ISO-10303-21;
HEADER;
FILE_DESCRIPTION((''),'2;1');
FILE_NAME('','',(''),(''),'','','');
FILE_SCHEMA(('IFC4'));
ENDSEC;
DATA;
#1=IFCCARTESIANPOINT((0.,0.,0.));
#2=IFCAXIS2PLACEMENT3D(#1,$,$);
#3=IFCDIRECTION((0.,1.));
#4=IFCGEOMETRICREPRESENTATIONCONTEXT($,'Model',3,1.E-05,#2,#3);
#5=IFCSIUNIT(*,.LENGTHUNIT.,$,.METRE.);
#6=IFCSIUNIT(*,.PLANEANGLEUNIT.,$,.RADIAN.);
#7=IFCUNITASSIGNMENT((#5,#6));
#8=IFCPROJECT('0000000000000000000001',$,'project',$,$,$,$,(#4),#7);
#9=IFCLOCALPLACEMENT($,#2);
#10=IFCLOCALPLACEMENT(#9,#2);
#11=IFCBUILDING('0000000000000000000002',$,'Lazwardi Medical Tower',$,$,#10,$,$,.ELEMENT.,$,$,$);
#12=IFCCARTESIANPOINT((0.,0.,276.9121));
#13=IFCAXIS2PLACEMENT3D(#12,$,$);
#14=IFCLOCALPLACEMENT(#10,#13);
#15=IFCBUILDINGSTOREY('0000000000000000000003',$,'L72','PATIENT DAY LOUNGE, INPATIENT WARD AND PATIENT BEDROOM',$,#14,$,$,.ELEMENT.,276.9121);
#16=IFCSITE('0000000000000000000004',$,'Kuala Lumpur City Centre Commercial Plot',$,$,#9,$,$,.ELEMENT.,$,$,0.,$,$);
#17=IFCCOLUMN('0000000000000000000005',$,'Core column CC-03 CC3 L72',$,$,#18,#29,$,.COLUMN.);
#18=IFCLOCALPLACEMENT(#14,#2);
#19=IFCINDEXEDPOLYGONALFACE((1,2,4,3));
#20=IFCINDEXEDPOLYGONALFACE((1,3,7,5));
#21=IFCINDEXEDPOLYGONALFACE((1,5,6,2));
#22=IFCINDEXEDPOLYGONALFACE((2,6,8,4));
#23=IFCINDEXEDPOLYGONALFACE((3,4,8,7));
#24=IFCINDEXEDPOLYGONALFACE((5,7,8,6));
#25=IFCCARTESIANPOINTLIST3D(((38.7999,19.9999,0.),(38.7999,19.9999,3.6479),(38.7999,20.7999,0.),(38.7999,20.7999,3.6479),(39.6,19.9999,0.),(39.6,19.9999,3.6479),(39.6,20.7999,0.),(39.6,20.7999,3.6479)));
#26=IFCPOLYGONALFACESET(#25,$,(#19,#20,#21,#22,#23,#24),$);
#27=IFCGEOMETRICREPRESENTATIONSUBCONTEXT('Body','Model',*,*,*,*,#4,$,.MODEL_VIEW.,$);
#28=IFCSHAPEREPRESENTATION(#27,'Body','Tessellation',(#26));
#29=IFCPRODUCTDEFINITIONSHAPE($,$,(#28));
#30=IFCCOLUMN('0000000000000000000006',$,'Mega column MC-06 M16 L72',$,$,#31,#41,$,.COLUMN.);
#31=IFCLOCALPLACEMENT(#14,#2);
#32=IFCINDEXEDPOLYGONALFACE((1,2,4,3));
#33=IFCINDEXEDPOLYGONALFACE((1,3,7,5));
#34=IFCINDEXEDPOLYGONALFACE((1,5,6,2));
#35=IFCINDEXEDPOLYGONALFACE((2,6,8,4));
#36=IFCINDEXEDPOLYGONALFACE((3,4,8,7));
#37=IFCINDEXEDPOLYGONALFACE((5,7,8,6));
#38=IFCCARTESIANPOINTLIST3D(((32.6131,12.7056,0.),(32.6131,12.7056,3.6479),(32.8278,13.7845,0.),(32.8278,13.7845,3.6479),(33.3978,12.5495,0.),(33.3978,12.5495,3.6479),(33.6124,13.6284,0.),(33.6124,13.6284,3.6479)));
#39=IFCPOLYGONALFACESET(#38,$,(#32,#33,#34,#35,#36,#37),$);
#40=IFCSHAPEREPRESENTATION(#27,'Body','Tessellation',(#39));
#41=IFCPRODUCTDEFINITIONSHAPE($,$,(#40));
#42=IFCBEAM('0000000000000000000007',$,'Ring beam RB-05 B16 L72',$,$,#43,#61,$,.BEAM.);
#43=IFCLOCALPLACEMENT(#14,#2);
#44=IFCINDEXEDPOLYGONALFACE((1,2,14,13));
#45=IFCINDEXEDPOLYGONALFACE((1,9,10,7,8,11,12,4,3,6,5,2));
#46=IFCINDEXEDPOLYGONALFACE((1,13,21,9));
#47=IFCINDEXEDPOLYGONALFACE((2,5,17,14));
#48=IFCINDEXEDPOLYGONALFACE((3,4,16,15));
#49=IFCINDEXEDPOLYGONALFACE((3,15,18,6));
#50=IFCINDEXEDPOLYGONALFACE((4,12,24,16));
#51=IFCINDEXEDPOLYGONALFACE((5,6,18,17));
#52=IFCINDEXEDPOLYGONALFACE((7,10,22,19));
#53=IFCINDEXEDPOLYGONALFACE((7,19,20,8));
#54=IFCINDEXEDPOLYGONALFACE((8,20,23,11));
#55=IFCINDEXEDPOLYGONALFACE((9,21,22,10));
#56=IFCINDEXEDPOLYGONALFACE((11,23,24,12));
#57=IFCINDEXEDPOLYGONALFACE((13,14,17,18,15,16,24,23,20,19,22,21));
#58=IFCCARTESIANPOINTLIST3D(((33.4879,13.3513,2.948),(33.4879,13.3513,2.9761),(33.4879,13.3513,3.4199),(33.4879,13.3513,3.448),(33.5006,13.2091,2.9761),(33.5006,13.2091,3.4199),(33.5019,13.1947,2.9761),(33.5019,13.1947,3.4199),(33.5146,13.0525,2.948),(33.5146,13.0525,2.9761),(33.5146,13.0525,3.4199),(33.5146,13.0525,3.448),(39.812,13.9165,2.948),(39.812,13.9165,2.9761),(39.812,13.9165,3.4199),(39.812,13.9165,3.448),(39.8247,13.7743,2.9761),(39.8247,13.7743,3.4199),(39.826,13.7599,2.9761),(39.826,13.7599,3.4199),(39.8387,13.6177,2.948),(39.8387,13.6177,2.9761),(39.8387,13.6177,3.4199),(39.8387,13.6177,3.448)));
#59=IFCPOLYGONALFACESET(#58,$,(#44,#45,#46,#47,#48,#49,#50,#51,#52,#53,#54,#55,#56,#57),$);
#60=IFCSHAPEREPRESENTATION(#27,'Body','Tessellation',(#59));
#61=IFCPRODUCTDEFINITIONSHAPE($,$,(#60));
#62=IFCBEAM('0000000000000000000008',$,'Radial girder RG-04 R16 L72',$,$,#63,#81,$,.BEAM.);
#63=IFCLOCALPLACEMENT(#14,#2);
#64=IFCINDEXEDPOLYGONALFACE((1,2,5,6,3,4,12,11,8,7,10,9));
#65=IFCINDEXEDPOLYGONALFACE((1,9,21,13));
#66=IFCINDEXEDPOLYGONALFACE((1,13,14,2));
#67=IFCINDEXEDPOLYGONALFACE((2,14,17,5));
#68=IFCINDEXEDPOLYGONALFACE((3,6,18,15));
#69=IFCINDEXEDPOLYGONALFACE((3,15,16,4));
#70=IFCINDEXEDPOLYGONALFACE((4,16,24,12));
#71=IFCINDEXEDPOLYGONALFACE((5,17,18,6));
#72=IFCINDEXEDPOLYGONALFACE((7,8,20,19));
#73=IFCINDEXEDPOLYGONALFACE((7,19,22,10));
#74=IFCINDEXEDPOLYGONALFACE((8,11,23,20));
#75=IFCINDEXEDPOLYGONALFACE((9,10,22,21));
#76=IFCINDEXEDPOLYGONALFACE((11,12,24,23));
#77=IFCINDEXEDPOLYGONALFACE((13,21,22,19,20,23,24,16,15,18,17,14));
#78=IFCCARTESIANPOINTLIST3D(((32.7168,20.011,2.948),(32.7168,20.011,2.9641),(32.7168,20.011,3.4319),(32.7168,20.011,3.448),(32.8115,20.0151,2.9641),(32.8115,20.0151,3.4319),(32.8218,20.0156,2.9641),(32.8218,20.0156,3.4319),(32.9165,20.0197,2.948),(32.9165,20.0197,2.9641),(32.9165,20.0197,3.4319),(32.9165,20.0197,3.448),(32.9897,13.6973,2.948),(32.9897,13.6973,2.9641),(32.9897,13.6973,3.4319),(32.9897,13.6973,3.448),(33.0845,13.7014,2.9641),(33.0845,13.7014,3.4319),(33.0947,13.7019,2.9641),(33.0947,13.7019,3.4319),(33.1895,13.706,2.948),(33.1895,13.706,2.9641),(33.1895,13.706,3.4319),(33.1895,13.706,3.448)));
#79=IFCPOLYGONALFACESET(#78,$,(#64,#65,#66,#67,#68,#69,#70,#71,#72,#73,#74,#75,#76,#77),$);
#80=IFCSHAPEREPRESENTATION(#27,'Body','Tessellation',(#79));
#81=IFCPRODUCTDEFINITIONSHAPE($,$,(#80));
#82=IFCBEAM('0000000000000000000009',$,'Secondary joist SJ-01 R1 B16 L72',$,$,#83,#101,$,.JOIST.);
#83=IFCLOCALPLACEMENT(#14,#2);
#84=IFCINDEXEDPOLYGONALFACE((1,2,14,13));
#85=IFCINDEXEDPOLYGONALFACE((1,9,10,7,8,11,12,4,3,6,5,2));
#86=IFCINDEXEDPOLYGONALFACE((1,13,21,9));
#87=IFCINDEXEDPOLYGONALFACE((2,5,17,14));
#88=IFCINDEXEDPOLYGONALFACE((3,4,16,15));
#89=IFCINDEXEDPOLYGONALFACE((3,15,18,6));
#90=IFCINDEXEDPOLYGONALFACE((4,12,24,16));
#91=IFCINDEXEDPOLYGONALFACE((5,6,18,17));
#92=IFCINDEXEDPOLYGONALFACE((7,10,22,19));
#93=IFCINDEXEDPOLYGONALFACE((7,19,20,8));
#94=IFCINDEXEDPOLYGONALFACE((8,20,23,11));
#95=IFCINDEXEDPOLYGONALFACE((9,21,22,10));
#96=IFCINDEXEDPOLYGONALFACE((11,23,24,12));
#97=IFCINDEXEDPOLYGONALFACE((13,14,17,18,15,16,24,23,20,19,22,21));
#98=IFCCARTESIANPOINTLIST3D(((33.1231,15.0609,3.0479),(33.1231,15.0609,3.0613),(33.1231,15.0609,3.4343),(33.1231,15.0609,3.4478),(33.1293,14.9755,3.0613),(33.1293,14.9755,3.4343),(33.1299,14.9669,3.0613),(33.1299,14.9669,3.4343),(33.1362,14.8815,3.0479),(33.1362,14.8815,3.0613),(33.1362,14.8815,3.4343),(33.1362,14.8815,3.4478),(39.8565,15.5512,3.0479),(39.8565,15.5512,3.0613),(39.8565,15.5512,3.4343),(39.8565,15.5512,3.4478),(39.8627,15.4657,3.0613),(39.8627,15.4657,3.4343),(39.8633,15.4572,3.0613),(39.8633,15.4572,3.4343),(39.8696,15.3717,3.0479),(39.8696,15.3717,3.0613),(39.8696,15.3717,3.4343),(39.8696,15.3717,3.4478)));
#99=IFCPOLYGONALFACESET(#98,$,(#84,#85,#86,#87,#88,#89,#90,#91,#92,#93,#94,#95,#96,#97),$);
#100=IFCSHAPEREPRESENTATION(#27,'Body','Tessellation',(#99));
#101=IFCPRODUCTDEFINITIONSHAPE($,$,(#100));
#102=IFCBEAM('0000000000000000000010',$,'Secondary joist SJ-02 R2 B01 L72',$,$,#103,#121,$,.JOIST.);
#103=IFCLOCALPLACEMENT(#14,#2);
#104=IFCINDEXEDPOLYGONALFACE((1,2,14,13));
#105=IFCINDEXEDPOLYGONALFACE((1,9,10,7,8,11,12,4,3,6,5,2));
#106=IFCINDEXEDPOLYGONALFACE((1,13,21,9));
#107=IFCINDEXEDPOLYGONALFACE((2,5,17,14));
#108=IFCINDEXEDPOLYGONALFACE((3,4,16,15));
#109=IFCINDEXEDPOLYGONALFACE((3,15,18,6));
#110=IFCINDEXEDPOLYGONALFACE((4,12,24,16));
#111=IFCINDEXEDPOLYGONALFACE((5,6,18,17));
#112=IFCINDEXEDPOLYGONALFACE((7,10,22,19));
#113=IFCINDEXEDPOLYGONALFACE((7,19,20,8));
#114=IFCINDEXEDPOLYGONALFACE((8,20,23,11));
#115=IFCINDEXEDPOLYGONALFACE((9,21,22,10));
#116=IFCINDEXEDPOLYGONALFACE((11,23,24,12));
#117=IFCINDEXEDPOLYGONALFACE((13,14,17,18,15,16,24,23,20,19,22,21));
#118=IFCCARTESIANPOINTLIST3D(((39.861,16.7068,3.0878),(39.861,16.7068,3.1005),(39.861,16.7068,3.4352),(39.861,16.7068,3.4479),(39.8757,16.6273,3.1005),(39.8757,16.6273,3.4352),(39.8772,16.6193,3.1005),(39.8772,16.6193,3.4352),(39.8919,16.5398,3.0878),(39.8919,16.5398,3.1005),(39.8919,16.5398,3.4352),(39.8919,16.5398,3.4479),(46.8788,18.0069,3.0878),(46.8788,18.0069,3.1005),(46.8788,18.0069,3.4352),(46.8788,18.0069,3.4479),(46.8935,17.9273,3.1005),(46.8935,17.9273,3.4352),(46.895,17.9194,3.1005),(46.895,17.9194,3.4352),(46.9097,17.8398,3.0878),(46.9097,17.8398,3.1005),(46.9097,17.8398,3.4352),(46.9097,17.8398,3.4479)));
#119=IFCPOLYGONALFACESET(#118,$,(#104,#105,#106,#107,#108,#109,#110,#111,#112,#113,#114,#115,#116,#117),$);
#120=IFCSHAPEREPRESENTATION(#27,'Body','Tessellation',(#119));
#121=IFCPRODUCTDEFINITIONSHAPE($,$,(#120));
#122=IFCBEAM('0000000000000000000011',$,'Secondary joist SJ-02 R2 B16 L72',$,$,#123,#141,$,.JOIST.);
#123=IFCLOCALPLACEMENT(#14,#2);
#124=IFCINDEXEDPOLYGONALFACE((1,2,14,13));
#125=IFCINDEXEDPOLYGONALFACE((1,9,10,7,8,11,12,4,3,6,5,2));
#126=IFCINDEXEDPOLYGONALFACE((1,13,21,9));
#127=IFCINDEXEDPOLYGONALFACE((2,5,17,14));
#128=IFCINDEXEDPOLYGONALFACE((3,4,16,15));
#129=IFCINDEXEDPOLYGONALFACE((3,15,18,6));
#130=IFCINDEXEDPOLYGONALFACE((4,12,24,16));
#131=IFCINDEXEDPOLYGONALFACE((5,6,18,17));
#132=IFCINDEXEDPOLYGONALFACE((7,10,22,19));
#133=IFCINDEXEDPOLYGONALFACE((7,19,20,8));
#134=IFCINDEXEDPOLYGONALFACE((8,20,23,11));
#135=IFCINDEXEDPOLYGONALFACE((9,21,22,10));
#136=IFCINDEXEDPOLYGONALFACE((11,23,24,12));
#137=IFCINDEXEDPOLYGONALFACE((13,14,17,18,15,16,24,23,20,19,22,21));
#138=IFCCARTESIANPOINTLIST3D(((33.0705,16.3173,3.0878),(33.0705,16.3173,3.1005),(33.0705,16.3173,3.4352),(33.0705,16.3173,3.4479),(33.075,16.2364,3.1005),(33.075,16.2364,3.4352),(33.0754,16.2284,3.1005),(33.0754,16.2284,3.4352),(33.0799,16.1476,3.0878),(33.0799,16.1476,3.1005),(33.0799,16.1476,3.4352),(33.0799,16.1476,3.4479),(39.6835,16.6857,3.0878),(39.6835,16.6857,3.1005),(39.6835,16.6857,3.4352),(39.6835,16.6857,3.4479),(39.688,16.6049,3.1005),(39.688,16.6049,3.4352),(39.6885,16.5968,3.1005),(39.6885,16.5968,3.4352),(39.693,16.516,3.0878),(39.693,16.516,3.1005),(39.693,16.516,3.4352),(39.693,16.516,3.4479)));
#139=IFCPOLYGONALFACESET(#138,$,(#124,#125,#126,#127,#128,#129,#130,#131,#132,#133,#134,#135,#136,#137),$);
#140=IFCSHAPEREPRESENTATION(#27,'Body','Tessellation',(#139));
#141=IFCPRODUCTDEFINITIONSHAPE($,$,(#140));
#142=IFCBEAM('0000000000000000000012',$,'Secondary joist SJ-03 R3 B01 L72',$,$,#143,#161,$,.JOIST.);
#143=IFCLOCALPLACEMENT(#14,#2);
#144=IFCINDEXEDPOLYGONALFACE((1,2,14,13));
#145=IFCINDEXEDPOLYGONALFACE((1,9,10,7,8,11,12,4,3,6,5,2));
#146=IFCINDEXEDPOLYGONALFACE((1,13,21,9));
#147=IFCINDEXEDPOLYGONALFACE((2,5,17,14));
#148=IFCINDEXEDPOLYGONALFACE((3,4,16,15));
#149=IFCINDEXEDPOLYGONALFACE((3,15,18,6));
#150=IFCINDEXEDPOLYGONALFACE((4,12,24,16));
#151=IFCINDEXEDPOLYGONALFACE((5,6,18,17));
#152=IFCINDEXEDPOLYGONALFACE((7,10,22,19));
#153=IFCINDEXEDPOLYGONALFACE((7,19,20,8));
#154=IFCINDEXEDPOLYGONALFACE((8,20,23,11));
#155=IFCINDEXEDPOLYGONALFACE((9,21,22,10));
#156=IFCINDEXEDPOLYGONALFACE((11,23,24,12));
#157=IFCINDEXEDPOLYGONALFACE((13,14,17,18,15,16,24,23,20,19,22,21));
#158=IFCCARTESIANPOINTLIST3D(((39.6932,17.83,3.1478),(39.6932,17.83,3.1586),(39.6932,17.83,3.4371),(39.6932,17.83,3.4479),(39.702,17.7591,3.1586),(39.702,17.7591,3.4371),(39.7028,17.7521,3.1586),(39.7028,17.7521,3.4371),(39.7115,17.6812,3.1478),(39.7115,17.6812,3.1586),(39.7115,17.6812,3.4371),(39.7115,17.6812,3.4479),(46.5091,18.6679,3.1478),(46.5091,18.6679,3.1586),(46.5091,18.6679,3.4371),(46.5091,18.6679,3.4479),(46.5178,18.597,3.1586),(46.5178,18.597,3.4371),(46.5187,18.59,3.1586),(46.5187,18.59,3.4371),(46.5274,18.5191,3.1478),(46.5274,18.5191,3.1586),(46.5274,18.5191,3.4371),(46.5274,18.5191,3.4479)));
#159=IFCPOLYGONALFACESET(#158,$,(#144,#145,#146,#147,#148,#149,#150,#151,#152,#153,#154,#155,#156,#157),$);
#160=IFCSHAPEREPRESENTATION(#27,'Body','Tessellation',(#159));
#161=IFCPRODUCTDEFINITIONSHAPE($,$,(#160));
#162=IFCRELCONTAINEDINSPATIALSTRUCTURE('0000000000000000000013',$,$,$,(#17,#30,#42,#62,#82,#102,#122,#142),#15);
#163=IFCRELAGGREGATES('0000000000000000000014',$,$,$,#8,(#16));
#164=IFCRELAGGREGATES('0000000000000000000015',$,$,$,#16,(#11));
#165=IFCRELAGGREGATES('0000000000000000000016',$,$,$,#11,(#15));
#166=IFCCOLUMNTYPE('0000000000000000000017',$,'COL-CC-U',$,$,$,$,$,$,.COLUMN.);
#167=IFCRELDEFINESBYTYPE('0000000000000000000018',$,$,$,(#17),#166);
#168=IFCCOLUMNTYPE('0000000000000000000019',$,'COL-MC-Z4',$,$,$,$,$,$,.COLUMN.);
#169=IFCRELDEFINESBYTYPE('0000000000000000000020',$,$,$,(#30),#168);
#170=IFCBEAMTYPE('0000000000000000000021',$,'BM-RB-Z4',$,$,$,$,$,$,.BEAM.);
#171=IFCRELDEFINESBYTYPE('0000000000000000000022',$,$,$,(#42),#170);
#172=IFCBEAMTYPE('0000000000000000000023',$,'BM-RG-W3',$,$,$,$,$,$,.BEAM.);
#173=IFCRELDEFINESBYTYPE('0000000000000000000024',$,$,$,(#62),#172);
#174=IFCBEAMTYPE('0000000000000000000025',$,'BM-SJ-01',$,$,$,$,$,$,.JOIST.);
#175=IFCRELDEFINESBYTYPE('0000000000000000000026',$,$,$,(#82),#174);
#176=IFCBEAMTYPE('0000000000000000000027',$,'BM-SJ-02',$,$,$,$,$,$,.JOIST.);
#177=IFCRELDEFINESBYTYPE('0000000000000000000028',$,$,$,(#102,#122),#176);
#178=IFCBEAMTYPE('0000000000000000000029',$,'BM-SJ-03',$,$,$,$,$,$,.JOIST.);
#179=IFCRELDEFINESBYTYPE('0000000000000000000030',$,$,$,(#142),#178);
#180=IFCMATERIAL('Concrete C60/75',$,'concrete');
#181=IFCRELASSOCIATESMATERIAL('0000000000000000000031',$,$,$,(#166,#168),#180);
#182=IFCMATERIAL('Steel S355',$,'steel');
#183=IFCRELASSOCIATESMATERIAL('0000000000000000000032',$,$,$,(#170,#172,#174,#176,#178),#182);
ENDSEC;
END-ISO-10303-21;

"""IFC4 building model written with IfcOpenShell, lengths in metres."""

from ifc_helpers import new_model, si_unit, direction, frame, origin, origin_2d, place, context, subcontext, project, spatial, rectangle, i_section, extrude, material, material_profile, profile_set, type_object, element, save


model = new_model("IFC4")

# Units and contexts
model_context = context("Model", 3, precision=1e-05, world=origin(), true_north=direction((0.0, 1.0)))
body_context = subcontext(model_context, "Body", "Model", "MODEL_VIEW")
ifc_project = project(units=[si_unit("LENGTHUNIT", "METRE"), si_unit("PLANEANGLEUNIT", "RADIAN")], contexts=[model_context])

# Site, building, storey
site_placement = place(None, origin())
site = spatial("IfcSite", under=ifc_project, at=site_placement, Name="Kuala Lumpur City Centre Commercial Plot", CompositionType="ELEMENT", RefElevation=0.0)
building_placement = place(site_placement, origin())
building = spatial("IfcBuilding", under=site, at=building_placement, Name="Lazwardi Medical Tower", CompositionType="ELEMENT")
storey_placement = place(building_placement, frame((0.0, 0.0, 276.9121)))
storey = spatial("IfcBuildingStorey", under=building, at=storey_placement, Name="L72", Description="PATIENT DAY LOUNGE, INPATIENT WARD AND PATIENT BEDROOM", CompositionType="ELEMENT", Elevation=276.9121)

# Columns
ifc_material_1 = material(Name="Concrete C60/75", Category="concrete")
ifc_material_profile_1 = material_profile(ifc_material_1, rectangle(XDim=0.8, YDim=0.8, at=origin_2d()), Name="RC 800x800")
ifc_profile_set_1 = profile_set([ifc_material_profile_1], Name="Concrete C60/75")
column_type_1 = type_object("IfcColumnType", Name="COL-CC-U", PredefinedType="COLUMN", material=ifc_profile_set_1)
column_1_placement = place(storey_placement, frame((39.2, 20.3999, 0.0), z_axis=(0.0, 0.0, 1.0), x_axis=(1.0, 0.0, 0.0)))
element("IfcColumn", 1, at=column_1_placement, inside=storey, type_object=column_type_1, Name="Core column CC-03 CC3 L72", PredefinedType="COLUMN", context=body_context, shape_type="SweptSolid", body=[
    extrude(rectangle(XDim=0.8, YDim=0.8, at=origin_2d()), origin(), (0.0, 0.0, 1.0), 3.6479),
])
ifc_material_profile_2 = material_profile(ifc_material_1, rectangle(XDim=1.1001, YDim=0.8, at=origin_2d()), Name="CFT-RECT 1100x800")
ifc_profile_set_2 = profile_set([ifc_material_profile_2], Name="Concrete C60/75")
column_type_2 = type_object("IfcColumnType", Name="COL-MC-Z4", PredefinedType="COLUMN", material=ifc_profile_set_2)
column_2_placement = place(storey_placement, frame((33.1128, 13.167, 0.0), z_axis=(0.0, 0.0, 1.0), x_axis=(-0.19509, -0.980785, 0.0)))
element("IfcColumn", 2, at=column_2_placement, inside=storey, type_object=column_type_2, Name="Mega column MC-06 M16 L72", PredefinedType="COLUMN", context=body_context, shape_type="SweptSolid", body=[
    extrude(rectangle(XDim=1.1001, YDim=0.8, at=origin_2d()), origin(), (0.0, 0.0, 1.0), 3.6479),
])

# Beams
ifc_material_2 = material(Name="Steel S355", Category="steel")
ifc_material_profile_3 = material_profile(ifc_material_2, i_section(OverallWidth=0.3, OverallDepth=0.5, WebThickness=0.0144, FlangeThickness=0.0281, at=origin_2d()), Name="HEB 500")
ifc_profile_set_3 = profile_set([ifc_material_profile_3], Name="Steel S355")
beam_type_1 = type_object("IfcBeamType", Name="BM-RB-Z4", PredefinedType="BEAM", material=ifc_profile_set_3)
beam_1_placement = place(storey_placement, frame((33.5012, 13.2019, 3.198), z_axis=(0.99603, 0.089014, 0.0), x_axis=(-0.089014, 0.99603, 0.0)))
element("IfcBeam", 3, at=beam_1_placement, inside=storey, type_object=beam_type_1, Name="Ring beam RB-05 B16 L72", PredefinedType="BEAM", context=body_context, shape_type="SweptSolid", body=[
    extrude(i_section(OverallWidth=0.3, OverallDepth=0.5, WebThickness=0.0144, FlangeThickness=0.0281, at=origin_2d()), origin(), (0.0, 0.0, 1.0), 6.3494),
])
ifc_material_profile_4 = material_profile(ifc_material_2, i_section(OverallWidth=0.2, OverallDepth=0.5, WebThickness=0.0103, FlangeThickness=0.0161, at=origin_2d()), Name="IPE 500")
ifc_profile_set_4 = profile_set([ifc_material_profile_4], Name="Steel S355")
beam_type_2 = type_object("IfcBeamType", Name="BM-RG-W3", PredefinedType="BEAM", material=ifc_profile_set_4)
beam_2_placement = place(storey_placement, frame((33.0896, 13.7017, 3.198), z_axis=(-0.043191, 0.999067, 0.0), x_axis=(-0.999067, -0.043191, 0.0)))
element("IfcBeam", 4, at=beam_2_placement, inside=storey, type_object=beam_type_2, Name="Radial girder RG-04 R16 L72", PredefinedType="BEAM", context=body_context, shape_type="SweptSolid", body=[
    extrude(i_section(OverallWidth=0.2, OverallDepth=0.5, WebThickness=0.0103, FlangeThickness=0.0161, at=origin_2d()), origin(), (0.0, 0.0, 1.0), 6.3196),
])
ifc_material_profile_5 = material_profile(ifc_material_2, i_section(OverallWidth=0.1799, OverallDepth=0.3999, WebThickness=0.0085, FlangeThickness=0.0134, at=origin_2d()), Name="IPE 400")
ifc_profile_set_5 = profile_set([ifc_material_profile_5], Name="Steel S355")
beam_type_3 = type_object("IfcBeamType", Name="BM-SJ-01", PredefinedType="JOIST", material=ifc_profile_set_5)
beam_3_placement = place(storey_placement, frame((33.1296, 14.9712, 3.2478), z_axis=(0.99736, 0.072614, 0.0), x_axis=(-0.072614, 0.99736, 0.0)))
element("IfcBeam", 5, at=beam_3_placement, inside=storey, type_object=beam_type_3, Name="Secondary joist SJ-01 R1 B16 L72", PredefinedType="JOIST", context=body_context, shape_type="SweptSolid", body=[
    extrude(i_section(OverallWidth=0.1799, OverallDepth=0.3999, WebThickness=0.0085, FlangeThickness=0.0134, at=origin_2d()), origin(), (0.0, 0.0, 1.0), 6.7512),
])
ifc_material_profile_6 = material_profile(ifc_material_2, i_section(OverallWidth=0.1699, OverallDepth=0.3601, WebThickness=0.0081, FlangeThickness=0.0127, at=origin_2d()), Name="IPE 360")
ifc_profile_set_6 = profile_set([ifc_material_profile_6], Name="Steel S355")
beam_type_4 = type_object("IfcBeamType", Name="BM-SJ-02", PredefinedType="JOIST", material=ifc_profile_set_6)
beam_4_placement = place(storey_placement, frame((39.8765, 16.6233, 3.2678), z_axis=(0.983271, 0.182151, 0.0), x_axis=(-0.182151, 0.983271, 0.0)))
element("IfcBeam", 6, at=beam_4_placement, inside=storey, type_object=beam_type_4, Name="Secondary joist SJ-02 R2 B01 L72", PredefinedType="JOIST", context=body_context, shape_type="SweptSolid", body=[
    extrude(i_section(OverallWidth=0.1699, OverallDepth=0.3601, WebThickness=0.0081, FlangeThickness=0.0127, at=origin_2d()), origin(), (0.0, 0.0, 1.0), 7.1372),
])
beam_5_placement = place(storey_placement, frame((33.0752, 16.2324, 3.2678), z_axis=(0.998452, 0.055623, 0.0), x_axis=(-0.055623, 0.998452, 0.0)))
element("IfcBeam", 7, at=beam_5_placement, inside=storey, type_object=beam_type_4, Name="Secondary joist SJ-02 R2 B16 L72", PredefinedType="JOIST", context=body_context, shape_type="SweptSolid", body=[
    extrude(i_section(OverallWidth=0.1699, OverallDepth=0.3601, WebThickness=0.0081, FlangeThickness=0.0127, at=origin_2d()), origin(), (0.0, 0.0, 1.0), 6.6233),
])
ifc_material_profile_7 = material_profile(ifc_material_2, i_section(OverallWidth=0.1499, OverallDepth=0.3, WebThickness=0.0071, FlangeThickness=0.0107, at=origin_2d()), Name="IPE 300")
ifc_profile_set_7 = profile_set([ifc_material_profile_7], Name="Steel S355")
beam_type_5 = type_object("IfcBeamType", Name="BM-SJ-03", PredefinedType="JOIST", material=ifc_profile_set_7)
beam_6_placement = place(storey_placement, frame((39.7024, 17.7556, 3.2979), z_axis=(0.992529, 0.122013, 0.0), x_axis=(-0.122013, 0.992529, 0.0)))
element("IfcBeam", 8, at=beam_6_placement, inside=storey, type_object=beam_type_5, Name="Secondary joist SJ-03 R3 B01 L72", PredefinedType="JOIST", context=body_context, shape_type="SweptSolid", body=[
    extrude(i_section(OverallWidth=0.1499, OverallDepth=0.3, WebThickness=0.0071, FlangeThickness=0.0107, at=origin_2d()), origin(), (0.0, 0.0, 1.0), 6.8672),
])

save(model, "model.ifc")
